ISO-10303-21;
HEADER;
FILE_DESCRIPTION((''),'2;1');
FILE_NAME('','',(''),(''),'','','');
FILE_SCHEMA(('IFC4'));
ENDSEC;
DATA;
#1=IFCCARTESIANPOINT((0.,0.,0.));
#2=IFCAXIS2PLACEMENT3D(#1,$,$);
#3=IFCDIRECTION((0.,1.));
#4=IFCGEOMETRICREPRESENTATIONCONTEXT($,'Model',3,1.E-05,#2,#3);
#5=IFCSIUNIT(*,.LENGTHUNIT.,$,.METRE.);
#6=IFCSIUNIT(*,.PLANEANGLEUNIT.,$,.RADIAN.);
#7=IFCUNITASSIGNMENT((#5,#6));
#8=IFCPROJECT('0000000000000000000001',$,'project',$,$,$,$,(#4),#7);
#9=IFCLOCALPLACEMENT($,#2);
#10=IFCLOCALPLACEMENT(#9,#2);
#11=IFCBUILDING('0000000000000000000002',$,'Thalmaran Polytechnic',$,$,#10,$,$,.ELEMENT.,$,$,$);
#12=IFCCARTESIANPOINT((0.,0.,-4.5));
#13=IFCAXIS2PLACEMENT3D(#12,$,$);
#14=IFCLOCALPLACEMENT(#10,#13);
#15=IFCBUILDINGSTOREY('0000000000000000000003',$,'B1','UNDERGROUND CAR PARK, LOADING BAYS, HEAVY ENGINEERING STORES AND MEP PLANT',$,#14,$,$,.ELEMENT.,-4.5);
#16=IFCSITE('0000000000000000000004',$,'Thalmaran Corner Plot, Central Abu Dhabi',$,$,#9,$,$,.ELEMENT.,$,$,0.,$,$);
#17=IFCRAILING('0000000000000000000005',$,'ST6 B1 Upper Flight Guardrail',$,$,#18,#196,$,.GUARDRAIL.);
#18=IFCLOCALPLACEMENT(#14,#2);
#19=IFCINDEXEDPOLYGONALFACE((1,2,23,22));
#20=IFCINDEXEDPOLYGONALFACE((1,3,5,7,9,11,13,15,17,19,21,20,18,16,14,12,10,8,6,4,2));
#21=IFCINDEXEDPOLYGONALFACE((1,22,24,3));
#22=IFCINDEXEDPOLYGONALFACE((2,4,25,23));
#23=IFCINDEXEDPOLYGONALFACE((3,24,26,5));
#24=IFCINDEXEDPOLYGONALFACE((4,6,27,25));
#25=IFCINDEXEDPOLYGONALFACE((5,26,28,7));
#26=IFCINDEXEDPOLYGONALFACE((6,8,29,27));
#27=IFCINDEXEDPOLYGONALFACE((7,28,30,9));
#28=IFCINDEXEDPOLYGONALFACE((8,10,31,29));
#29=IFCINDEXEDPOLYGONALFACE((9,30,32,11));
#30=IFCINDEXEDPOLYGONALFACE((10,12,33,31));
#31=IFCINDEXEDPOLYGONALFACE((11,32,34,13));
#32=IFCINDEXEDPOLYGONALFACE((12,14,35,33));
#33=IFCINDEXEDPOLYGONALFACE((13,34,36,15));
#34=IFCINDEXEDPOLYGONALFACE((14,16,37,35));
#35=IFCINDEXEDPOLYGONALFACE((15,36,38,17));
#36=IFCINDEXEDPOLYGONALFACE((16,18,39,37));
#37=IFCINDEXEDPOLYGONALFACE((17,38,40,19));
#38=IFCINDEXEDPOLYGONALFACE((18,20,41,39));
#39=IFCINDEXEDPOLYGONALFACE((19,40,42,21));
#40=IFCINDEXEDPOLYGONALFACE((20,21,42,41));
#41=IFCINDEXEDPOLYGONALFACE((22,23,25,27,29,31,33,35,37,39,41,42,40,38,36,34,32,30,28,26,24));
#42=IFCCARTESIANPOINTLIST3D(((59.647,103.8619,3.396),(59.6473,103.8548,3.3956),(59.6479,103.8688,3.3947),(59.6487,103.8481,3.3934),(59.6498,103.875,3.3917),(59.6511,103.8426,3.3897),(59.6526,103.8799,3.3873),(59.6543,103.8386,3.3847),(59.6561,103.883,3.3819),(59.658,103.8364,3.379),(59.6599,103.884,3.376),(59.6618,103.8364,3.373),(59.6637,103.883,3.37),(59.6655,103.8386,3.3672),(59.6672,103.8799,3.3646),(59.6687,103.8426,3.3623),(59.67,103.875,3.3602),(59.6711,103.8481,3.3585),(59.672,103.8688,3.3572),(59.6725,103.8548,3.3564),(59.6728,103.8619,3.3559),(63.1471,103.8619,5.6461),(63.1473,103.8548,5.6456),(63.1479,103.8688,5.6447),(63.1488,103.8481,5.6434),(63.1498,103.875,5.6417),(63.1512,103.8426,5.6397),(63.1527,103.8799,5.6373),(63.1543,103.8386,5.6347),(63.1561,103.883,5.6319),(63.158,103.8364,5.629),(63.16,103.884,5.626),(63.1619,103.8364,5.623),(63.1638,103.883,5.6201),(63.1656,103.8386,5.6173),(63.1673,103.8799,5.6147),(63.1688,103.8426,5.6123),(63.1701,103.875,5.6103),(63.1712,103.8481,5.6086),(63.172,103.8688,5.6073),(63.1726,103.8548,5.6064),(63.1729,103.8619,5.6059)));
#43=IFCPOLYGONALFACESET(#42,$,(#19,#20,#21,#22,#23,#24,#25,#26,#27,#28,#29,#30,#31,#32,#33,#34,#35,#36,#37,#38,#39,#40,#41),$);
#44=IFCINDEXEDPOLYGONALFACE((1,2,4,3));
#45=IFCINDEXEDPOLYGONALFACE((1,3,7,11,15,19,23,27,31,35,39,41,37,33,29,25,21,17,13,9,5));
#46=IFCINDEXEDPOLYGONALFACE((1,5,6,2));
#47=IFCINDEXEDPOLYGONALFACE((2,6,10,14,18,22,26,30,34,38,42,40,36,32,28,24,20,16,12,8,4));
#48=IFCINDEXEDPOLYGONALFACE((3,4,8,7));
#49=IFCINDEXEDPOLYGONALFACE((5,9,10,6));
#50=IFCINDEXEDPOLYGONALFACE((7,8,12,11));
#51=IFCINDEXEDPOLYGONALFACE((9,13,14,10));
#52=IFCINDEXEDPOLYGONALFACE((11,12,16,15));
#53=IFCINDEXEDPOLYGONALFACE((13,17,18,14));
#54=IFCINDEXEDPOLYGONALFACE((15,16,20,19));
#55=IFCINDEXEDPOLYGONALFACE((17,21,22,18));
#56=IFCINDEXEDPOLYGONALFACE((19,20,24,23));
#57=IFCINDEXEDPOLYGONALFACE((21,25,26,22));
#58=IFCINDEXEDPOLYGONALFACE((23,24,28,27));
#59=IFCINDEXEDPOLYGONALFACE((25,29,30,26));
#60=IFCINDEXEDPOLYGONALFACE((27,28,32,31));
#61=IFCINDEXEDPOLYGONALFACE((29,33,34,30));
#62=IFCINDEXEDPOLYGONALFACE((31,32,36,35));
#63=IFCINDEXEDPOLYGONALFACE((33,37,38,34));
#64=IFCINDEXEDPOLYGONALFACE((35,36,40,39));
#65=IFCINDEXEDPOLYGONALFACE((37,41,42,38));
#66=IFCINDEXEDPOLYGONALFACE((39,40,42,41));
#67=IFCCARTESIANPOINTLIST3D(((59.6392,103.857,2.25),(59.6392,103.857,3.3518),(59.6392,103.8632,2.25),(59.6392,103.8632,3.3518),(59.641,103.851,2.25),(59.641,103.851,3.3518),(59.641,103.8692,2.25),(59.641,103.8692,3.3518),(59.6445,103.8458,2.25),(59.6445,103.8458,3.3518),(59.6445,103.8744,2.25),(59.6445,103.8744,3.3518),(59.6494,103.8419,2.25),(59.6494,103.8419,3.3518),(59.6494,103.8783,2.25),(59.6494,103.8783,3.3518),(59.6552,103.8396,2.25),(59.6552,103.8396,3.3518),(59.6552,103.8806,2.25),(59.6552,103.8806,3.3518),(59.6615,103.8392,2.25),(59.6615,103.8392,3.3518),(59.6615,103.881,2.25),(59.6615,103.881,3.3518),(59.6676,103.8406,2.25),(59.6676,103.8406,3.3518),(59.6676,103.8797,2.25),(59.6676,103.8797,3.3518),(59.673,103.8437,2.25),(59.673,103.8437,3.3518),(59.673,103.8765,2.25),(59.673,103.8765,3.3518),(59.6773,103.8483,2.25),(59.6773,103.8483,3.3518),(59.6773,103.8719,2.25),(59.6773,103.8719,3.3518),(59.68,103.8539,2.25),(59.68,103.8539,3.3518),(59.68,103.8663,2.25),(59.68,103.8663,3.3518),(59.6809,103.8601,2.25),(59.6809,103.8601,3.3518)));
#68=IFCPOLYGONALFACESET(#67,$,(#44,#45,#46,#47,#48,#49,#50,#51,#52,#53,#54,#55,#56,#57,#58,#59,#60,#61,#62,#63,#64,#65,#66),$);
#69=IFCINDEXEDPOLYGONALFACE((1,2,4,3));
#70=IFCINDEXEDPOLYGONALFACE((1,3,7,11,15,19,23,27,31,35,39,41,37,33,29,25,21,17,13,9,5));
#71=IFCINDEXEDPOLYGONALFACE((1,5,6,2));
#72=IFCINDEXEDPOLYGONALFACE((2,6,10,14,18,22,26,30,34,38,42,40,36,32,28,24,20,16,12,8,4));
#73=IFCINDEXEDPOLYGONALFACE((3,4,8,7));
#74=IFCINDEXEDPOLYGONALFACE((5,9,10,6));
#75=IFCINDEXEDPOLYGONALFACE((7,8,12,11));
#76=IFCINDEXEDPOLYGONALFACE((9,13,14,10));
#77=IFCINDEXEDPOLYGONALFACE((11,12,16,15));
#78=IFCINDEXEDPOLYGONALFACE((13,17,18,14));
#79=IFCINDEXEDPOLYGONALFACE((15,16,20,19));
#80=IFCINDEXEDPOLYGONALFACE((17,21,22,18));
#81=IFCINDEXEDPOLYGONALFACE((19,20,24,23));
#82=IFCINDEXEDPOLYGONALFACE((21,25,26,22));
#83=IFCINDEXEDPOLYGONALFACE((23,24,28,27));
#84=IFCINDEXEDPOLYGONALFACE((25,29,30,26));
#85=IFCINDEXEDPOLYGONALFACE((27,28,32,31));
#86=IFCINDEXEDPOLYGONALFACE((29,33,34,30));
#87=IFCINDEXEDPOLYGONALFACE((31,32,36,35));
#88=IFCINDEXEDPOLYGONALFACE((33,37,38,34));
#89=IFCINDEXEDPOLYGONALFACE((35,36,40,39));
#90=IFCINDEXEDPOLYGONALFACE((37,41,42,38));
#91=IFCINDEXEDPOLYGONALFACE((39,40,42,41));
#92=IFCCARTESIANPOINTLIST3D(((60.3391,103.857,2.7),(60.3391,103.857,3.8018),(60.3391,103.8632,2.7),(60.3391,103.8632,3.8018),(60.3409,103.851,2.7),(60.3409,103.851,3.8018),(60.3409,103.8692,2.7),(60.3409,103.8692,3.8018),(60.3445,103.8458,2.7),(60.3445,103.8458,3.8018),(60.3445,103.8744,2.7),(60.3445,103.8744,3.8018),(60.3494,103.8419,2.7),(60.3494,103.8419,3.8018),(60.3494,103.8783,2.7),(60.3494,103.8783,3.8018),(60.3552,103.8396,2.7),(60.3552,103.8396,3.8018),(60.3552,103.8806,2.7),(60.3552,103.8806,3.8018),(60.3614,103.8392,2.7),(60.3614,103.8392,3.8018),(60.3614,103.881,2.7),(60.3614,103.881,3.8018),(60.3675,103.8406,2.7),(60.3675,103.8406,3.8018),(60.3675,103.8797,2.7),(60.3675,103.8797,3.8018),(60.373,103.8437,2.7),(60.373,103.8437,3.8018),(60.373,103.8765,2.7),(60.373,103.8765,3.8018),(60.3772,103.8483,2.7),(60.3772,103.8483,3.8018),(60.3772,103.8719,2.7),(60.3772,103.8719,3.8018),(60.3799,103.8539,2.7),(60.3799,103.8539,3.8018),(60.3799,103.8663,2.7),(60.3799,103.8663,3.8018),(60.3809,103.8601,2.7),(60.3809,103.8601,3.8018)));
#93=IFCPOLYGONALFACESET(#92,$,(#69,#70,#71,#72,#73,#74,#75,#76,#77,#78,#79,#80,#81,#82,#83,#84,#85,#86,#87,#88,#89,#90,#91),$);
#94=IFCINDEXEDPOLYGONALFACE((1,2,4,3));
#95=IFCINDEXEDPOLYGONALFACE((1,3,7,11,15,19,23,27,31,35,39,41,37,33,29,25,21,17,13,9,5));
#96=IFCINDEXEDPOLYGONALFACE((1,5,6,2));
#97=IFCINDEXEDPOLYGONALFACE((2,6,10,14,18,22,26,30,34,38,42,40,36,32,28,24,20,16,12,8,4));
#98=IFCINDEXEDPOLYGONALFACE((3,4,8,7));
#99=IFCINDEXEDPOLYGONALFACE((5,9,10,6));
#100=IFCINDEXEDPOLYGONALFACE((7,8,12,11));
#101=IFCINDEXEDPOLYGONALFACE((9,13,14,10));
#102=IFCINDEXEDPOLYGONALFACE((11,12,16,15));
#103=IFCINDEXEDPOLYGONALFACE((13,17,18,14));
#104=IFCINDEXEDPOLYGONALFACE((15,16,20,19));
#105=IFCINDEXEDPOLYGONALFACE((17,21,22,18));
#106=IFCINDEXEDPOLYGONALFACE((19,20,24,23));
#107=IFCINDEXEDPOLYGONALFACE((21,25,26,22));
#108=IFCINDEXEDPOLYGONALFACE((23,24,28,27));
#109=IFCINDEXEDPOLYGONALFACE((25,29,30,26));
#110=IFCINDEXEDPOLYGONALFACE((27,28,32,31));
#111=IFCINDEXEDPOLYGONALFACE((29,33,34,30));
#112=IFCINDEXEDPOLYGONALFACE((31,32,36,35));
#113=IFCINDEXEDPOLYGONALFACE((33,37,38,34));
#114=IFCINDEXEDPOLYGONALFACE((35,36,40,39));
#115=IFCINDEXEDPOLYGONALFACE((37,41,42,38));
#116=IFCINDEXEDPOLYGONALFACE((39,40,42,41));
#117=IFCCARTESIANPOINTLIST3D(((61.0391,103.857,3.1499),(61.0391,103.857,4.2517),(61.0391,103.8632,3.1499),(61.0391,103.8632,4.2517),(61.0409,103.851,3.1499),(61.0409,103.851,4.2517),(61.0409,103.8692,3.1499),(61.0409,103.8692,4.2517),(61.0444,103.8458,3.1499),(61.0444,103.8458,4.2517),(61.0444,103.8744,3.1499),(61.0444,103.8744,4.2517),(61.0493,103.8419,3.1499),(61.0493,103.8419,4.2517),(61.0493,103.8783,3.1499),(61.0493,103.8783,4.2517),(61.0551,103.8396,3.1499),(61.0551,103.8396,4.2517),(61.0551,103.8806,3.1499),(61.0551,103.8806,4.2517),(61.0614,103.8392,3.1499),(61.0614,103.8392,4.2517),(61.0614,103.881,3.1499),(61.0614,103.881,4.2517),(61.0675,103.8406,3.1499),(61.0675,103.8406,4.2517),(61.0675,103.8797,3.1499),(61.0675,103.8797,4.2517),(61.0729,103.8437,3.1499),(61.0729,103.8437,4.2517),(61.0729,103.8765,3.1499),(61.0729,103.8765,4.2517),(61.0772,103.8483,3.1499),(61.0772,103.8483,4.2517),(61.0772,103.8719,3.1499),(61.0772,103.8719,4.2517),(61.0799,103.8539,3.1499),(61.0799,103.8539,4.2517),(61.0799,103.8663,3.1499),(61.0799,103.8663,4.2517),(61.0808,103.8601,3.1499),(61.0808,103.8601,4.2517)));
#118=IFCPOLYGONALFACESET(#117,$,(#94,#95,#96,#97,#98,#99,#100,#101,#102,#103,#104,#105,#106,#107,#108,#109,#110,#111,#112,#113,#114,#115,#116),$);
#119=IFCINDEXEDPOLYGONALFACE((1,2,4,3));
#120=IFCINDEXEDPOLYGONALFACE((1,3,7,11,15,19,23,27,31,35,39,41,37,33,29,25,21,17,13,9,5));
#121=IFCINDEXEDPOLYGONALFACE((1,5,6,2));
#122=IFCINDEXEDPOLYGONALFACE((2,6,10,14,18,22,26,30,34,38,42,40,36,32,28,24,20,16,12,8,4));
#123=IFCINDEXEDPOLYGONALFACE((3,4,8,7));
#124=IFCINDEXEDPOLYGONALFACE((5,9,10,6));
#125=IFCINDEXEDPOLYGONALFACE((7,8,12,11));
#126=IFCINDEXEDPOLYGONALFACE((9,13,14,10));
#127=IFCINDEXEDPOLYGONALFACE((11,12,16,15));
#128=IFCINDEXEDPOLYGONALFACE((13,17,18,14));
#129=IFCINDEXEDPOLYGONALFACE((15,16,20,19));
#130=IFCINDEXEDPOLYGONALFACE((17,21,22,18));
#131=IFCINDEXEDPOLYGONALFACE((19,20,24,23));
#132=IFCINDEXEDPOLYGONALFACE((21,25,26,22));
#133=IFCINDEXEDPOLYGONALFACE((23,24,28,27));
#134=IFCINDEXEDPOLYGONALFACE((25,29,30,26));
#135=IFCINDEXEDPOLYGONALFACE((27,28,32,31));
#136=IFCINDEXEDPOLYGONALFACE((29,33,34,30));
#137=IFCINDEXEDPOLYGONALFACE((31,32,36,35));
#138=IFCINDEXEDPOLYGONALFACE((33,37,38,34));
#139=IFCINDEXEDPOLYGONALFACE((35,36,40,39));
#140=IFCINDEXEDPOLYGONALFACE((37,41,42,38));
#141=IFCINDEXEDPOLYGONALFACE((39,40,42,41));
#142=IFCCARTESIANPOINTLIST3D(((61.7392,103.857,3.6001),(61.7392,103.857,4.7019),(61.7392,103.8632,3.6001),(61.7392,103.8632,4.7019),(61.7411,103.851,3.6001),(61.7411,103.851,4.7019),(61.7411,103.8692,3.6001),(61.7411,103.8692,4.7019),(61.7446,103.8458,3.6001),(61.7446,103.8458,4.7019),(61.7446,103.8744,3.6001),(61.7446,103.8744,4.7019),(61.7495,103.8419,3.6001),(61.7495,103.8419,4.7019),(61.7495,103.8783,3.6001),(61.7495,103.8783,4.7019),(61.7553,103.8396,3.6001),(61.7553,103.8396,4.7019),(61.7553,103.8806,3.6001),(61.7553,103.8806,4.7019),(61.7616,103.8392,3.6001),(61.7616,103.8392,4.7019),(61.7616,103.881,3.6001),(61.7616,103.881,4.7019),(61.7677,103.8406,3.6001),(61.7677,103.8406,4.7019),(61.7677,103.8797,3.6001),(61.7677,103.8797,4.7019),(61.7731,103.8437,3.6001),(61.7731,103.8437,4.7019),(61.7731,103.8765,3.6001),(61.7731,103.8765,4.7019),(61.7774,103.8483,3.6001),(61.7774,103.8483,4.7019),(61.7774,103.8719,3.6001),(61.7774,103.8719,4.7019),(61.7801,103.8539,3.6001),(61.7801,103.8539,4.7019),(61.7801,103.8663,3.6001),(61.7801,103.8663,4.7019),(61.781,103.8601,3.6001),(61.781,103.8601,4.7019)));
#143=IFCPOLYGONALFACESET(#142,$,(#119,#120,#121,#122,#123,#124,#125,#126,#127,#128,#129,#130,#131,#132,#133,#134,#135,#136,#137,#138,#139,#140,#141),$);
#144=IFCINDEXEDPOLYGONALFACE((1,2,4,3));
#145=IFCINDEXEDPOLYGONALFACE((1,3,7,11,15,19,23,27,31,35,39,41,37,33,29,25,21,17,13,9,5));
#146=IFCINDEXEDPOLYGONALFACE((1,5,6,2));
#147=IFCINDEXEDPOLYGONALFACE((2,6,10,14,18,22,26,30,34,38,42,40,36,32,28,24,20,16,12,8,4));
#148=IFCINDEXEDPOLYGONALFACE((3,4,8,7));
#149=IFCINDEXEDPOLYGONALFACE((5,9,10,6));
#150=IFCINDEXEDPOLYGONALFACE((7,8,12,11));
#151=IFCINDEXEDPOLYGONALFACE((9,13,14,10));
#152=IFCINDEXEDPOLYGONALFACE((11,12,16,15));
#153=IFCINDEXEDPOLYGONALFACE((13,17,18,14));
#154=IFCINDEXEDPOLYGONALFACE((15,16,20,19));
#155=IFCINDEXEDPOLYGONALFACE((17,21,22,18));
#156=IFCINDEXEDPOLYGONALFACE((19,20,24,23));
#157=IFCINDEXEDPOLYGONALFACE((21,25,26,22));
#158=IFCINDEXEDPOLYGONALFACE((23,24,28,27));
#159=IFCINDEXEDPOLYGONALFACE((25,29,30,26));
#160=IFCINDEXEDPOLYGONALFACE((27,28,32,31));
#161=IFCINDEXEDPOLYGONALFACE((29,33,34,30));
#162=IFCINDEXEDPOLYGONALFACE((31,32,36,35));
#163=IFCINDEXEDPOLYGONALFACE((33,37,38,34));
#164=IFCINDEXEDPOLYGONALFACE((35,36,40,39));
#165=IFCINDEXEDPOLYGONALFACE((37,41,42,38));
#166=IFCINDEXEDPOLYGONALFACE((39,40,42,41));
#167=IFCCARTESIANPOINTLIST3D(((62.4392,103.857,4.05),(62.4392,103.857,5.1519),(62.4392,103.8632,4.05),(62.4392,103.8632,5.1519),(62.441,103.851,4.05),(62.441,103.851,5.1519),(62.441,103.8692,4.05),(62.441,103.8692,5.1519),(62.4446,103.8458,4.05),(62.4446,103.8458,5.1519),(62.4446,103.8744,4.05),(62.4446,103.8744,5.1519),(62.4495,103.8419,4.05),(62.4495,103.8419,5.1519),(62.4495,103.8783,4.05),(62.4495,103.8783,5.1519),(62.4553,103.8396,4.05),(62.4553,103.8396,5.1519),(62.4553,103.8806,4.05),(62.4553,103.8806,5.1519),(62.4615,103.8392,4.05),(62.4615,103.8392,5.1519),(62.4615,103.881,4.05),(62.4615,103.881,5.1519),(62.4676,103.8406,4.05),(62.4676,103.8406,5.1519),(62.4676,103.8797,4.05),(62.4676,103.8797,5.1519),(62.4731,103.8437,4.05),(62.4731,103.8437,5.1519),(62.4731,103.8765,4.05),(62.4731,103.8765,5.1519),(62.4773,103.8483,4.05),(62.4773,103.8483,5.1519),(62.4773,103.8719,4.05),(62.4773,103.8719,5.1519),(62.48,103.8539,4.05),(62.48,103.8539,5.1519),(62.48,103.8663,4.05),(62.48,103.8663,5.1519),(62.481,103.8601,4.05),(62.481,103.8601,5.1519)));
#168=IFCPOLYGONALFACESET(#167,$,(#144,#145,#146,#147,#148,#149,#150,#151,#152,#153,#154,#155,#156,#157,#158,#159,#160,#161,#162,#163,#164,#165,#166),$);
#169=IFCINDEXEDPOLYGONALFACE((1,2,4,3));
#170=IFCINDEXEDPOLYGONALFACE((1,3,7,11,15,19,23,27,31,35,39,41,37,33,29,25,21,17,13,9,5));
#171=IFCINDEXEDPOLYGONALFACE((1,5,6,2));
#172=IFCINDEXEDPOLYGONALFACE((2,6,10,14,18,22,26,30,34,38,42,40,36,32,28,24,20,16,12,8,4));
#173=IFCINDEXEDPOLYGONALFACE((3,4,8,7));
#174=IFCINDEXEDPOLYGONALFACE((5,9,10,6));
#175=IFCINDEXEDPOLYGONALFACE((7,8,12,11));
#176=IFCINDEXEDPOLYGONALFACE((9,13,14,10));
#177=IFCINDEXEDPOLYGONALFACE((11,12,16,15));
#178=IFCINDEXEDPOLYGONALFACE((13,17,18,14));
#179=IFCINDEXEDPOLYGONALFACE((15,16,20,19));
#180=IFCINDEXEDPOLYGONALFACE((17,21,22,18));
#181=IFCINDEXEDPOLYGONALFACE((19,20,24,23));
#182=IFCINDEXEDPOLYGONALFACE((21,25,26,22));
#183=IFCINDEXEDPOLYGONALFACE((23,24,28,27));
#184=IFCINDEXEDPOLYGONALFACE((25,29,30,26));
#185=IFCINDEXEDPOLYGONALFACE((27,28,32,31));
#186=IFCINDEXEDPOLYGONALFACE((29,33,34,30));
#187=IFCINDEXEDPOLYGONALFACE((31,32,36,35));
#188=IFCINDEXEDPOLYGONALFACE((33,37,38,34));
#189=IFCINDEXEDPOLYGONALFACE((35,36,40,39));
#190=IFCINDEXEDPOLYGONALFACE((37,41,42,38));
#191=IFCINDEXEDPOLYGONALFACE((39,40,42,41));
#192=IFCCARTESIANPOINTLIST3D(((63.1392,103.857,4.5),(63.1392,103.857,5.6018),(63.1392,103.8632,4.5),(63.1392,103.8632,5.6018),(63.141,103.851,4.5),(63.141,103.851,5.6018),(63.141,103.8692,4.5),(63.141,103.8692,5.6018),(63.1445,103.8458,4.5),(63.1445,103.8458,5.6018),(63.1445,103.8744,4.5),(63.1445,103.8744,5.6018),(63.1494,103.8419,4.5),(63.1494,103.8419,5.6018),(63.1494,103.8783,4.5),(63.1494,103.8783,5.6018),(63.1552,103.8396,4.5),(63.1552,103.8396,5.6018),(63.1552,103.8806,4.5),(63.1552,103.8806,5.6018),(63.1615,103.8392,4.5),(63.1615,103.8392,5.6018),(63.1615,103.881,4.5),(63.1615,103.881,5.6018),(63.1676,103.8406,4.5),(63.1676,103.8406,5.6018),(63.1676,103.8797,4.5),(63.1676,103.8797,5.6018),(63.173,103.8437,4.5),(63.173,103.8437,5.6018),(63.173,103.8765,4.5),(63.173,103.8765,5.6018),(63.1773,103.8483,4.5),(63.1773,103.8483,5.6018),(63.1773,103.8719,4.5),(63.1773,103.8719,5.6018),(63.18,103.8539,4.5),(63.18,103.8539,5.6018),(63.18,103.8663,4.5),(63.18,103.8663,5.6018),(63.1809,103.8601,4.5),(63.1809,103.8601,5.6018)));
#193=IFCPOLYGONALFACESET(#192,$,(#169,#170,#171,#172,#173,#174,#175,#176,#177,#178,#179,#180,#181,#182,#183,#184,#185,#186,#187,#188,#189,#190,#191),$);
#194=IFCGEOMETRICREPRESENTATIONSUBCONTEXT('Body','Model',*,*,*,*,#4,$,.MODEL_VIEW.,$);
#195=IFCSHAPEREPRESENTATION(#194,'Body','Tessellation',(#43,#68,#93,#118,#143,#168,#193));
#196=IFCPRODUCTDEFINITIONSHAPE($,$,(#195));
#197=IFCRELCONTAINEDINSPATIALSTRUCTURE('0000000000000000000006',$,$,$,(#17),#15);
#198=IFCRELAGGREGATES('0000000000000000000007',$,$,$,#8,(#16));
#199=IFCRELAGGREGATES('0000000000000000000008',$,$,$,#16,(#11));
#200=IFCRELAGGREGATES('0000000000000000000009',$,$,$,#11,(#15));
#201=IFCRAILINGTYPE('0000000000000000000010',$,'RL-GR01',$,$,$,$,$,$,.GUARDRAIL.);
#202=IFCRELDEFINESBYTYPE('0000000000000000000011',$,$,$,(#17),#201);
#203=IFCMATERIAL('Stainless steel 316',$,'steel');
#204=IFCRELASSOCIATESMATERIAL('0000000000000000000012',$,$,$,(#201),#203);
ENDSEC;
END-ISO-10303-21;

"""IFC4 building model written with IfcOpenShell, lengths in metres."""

from ifc_helpers import new_model, si_unit, direction, frame, origin, origin_2d, place, context, subcontext, project, spatial, circle, extrude, material, type_object, element, save


model = new_model("IFC4")

# Units and contexts
model_context = context("Model", 3, precision=1e-05, world=origin(), true_north=direction((0.0, 1.0)))
body_context = subcontext(model_context, "Body", "Model", "MODEL_VIEW")
ifc_project = project(units=[si_unit("LENGTHUNIT", "METRE"), si_unit("PLANEANGLEUNIT", "RADIAN")], contexts=[model_context])

# Site, building, storey
site_placement = place(None, origin())
site = spatial("IfcSite", under=ifc_project, at=site_placement, Name="Thalmaran Corner Plot, Central Abu Dhabi", CompositionType="ELEMENT", RefElevation=0.0)
building_placement = place(site_placement, origin())
building = spatial("IfcBuilding", under=site, at=building_placement, Name="Thalmaran Polytechnic", CompositionType="ELEMENT")
storey_placement = place(building_placement, frame((0.0, 0.0, -4.5)))
storey = spatial("IfcBuildingStorey", under=building, at=storey_placement, Name="B1", Description="UNDERGROUND CAR PARK, LOADING BAYS, HEAVY ENGINEERING STORES AND MEP PLANT", CompositionType="ELEMENT", Elevation=-4.5)

# Railing
ifc_material_1 = material(Name="Stainless steel 316", Category="steel")
railing_type_1 = type_object("IfcRailingType", Name="RL-GR01", PredefinedType="GUARDRAIL", material=ifc_material_1)
railing_1_placement = place(storey_placement, frame((59.6599, 103.8601, 2.25)))
element("IfcRailing", 1, at=railing_1_placement, inside=storey, type_object=railing_type_1, Name="ST6 B1 Upper Flight Guardrail", PredefinedType="GUARDRAIL", context=body_context, shape_type="SweptSolid", body=[
    extrude(circle(Radius=0.0239, at=origin_2d()), frame((0.0, 0.0, 1.126), z_axis=(0.841178, 0.0, 0.540758), x_axis=(0.0, 1.0, 0.0)), (0.0, 0.0, 1.0), 4.1609),
    extrude(circle(Radius=0.021, at=origin_2d()), origin(), (0.0, 0.0, 1.0), 1.1018),
    extrude(circle(Radius=0.021, at=origin_2d()), frame((0.7, 0.0, 0.45)), (0.0, 0.0, 1.0), 1.1018),
    extrude(circle(Radius=0.021, at=origin_2d()), frame((1.3999, 0.0, 0.8999)), (0.0, 0.0, 1.0), 1.1018),
    extrude(circle(Radius=0.021, at=origin_2d()), frame((2.1001, 0.0, 1.3501)), (0.0, 0.0, 1.0), 1.1018),
    extrude(circle(Radius=0.021, at=origin_2d()), frame((2.8, 0.0, 1.8)), (0.0, 0.0, 1.0), 1.1018),
    extrude(circle(Radius=0.021, at=origin_2d()), frame((3.5, 0.0, 2.25)), (0.0, 0.0, 1.0), 1.1018),
])

save(model, "model.ifc")
